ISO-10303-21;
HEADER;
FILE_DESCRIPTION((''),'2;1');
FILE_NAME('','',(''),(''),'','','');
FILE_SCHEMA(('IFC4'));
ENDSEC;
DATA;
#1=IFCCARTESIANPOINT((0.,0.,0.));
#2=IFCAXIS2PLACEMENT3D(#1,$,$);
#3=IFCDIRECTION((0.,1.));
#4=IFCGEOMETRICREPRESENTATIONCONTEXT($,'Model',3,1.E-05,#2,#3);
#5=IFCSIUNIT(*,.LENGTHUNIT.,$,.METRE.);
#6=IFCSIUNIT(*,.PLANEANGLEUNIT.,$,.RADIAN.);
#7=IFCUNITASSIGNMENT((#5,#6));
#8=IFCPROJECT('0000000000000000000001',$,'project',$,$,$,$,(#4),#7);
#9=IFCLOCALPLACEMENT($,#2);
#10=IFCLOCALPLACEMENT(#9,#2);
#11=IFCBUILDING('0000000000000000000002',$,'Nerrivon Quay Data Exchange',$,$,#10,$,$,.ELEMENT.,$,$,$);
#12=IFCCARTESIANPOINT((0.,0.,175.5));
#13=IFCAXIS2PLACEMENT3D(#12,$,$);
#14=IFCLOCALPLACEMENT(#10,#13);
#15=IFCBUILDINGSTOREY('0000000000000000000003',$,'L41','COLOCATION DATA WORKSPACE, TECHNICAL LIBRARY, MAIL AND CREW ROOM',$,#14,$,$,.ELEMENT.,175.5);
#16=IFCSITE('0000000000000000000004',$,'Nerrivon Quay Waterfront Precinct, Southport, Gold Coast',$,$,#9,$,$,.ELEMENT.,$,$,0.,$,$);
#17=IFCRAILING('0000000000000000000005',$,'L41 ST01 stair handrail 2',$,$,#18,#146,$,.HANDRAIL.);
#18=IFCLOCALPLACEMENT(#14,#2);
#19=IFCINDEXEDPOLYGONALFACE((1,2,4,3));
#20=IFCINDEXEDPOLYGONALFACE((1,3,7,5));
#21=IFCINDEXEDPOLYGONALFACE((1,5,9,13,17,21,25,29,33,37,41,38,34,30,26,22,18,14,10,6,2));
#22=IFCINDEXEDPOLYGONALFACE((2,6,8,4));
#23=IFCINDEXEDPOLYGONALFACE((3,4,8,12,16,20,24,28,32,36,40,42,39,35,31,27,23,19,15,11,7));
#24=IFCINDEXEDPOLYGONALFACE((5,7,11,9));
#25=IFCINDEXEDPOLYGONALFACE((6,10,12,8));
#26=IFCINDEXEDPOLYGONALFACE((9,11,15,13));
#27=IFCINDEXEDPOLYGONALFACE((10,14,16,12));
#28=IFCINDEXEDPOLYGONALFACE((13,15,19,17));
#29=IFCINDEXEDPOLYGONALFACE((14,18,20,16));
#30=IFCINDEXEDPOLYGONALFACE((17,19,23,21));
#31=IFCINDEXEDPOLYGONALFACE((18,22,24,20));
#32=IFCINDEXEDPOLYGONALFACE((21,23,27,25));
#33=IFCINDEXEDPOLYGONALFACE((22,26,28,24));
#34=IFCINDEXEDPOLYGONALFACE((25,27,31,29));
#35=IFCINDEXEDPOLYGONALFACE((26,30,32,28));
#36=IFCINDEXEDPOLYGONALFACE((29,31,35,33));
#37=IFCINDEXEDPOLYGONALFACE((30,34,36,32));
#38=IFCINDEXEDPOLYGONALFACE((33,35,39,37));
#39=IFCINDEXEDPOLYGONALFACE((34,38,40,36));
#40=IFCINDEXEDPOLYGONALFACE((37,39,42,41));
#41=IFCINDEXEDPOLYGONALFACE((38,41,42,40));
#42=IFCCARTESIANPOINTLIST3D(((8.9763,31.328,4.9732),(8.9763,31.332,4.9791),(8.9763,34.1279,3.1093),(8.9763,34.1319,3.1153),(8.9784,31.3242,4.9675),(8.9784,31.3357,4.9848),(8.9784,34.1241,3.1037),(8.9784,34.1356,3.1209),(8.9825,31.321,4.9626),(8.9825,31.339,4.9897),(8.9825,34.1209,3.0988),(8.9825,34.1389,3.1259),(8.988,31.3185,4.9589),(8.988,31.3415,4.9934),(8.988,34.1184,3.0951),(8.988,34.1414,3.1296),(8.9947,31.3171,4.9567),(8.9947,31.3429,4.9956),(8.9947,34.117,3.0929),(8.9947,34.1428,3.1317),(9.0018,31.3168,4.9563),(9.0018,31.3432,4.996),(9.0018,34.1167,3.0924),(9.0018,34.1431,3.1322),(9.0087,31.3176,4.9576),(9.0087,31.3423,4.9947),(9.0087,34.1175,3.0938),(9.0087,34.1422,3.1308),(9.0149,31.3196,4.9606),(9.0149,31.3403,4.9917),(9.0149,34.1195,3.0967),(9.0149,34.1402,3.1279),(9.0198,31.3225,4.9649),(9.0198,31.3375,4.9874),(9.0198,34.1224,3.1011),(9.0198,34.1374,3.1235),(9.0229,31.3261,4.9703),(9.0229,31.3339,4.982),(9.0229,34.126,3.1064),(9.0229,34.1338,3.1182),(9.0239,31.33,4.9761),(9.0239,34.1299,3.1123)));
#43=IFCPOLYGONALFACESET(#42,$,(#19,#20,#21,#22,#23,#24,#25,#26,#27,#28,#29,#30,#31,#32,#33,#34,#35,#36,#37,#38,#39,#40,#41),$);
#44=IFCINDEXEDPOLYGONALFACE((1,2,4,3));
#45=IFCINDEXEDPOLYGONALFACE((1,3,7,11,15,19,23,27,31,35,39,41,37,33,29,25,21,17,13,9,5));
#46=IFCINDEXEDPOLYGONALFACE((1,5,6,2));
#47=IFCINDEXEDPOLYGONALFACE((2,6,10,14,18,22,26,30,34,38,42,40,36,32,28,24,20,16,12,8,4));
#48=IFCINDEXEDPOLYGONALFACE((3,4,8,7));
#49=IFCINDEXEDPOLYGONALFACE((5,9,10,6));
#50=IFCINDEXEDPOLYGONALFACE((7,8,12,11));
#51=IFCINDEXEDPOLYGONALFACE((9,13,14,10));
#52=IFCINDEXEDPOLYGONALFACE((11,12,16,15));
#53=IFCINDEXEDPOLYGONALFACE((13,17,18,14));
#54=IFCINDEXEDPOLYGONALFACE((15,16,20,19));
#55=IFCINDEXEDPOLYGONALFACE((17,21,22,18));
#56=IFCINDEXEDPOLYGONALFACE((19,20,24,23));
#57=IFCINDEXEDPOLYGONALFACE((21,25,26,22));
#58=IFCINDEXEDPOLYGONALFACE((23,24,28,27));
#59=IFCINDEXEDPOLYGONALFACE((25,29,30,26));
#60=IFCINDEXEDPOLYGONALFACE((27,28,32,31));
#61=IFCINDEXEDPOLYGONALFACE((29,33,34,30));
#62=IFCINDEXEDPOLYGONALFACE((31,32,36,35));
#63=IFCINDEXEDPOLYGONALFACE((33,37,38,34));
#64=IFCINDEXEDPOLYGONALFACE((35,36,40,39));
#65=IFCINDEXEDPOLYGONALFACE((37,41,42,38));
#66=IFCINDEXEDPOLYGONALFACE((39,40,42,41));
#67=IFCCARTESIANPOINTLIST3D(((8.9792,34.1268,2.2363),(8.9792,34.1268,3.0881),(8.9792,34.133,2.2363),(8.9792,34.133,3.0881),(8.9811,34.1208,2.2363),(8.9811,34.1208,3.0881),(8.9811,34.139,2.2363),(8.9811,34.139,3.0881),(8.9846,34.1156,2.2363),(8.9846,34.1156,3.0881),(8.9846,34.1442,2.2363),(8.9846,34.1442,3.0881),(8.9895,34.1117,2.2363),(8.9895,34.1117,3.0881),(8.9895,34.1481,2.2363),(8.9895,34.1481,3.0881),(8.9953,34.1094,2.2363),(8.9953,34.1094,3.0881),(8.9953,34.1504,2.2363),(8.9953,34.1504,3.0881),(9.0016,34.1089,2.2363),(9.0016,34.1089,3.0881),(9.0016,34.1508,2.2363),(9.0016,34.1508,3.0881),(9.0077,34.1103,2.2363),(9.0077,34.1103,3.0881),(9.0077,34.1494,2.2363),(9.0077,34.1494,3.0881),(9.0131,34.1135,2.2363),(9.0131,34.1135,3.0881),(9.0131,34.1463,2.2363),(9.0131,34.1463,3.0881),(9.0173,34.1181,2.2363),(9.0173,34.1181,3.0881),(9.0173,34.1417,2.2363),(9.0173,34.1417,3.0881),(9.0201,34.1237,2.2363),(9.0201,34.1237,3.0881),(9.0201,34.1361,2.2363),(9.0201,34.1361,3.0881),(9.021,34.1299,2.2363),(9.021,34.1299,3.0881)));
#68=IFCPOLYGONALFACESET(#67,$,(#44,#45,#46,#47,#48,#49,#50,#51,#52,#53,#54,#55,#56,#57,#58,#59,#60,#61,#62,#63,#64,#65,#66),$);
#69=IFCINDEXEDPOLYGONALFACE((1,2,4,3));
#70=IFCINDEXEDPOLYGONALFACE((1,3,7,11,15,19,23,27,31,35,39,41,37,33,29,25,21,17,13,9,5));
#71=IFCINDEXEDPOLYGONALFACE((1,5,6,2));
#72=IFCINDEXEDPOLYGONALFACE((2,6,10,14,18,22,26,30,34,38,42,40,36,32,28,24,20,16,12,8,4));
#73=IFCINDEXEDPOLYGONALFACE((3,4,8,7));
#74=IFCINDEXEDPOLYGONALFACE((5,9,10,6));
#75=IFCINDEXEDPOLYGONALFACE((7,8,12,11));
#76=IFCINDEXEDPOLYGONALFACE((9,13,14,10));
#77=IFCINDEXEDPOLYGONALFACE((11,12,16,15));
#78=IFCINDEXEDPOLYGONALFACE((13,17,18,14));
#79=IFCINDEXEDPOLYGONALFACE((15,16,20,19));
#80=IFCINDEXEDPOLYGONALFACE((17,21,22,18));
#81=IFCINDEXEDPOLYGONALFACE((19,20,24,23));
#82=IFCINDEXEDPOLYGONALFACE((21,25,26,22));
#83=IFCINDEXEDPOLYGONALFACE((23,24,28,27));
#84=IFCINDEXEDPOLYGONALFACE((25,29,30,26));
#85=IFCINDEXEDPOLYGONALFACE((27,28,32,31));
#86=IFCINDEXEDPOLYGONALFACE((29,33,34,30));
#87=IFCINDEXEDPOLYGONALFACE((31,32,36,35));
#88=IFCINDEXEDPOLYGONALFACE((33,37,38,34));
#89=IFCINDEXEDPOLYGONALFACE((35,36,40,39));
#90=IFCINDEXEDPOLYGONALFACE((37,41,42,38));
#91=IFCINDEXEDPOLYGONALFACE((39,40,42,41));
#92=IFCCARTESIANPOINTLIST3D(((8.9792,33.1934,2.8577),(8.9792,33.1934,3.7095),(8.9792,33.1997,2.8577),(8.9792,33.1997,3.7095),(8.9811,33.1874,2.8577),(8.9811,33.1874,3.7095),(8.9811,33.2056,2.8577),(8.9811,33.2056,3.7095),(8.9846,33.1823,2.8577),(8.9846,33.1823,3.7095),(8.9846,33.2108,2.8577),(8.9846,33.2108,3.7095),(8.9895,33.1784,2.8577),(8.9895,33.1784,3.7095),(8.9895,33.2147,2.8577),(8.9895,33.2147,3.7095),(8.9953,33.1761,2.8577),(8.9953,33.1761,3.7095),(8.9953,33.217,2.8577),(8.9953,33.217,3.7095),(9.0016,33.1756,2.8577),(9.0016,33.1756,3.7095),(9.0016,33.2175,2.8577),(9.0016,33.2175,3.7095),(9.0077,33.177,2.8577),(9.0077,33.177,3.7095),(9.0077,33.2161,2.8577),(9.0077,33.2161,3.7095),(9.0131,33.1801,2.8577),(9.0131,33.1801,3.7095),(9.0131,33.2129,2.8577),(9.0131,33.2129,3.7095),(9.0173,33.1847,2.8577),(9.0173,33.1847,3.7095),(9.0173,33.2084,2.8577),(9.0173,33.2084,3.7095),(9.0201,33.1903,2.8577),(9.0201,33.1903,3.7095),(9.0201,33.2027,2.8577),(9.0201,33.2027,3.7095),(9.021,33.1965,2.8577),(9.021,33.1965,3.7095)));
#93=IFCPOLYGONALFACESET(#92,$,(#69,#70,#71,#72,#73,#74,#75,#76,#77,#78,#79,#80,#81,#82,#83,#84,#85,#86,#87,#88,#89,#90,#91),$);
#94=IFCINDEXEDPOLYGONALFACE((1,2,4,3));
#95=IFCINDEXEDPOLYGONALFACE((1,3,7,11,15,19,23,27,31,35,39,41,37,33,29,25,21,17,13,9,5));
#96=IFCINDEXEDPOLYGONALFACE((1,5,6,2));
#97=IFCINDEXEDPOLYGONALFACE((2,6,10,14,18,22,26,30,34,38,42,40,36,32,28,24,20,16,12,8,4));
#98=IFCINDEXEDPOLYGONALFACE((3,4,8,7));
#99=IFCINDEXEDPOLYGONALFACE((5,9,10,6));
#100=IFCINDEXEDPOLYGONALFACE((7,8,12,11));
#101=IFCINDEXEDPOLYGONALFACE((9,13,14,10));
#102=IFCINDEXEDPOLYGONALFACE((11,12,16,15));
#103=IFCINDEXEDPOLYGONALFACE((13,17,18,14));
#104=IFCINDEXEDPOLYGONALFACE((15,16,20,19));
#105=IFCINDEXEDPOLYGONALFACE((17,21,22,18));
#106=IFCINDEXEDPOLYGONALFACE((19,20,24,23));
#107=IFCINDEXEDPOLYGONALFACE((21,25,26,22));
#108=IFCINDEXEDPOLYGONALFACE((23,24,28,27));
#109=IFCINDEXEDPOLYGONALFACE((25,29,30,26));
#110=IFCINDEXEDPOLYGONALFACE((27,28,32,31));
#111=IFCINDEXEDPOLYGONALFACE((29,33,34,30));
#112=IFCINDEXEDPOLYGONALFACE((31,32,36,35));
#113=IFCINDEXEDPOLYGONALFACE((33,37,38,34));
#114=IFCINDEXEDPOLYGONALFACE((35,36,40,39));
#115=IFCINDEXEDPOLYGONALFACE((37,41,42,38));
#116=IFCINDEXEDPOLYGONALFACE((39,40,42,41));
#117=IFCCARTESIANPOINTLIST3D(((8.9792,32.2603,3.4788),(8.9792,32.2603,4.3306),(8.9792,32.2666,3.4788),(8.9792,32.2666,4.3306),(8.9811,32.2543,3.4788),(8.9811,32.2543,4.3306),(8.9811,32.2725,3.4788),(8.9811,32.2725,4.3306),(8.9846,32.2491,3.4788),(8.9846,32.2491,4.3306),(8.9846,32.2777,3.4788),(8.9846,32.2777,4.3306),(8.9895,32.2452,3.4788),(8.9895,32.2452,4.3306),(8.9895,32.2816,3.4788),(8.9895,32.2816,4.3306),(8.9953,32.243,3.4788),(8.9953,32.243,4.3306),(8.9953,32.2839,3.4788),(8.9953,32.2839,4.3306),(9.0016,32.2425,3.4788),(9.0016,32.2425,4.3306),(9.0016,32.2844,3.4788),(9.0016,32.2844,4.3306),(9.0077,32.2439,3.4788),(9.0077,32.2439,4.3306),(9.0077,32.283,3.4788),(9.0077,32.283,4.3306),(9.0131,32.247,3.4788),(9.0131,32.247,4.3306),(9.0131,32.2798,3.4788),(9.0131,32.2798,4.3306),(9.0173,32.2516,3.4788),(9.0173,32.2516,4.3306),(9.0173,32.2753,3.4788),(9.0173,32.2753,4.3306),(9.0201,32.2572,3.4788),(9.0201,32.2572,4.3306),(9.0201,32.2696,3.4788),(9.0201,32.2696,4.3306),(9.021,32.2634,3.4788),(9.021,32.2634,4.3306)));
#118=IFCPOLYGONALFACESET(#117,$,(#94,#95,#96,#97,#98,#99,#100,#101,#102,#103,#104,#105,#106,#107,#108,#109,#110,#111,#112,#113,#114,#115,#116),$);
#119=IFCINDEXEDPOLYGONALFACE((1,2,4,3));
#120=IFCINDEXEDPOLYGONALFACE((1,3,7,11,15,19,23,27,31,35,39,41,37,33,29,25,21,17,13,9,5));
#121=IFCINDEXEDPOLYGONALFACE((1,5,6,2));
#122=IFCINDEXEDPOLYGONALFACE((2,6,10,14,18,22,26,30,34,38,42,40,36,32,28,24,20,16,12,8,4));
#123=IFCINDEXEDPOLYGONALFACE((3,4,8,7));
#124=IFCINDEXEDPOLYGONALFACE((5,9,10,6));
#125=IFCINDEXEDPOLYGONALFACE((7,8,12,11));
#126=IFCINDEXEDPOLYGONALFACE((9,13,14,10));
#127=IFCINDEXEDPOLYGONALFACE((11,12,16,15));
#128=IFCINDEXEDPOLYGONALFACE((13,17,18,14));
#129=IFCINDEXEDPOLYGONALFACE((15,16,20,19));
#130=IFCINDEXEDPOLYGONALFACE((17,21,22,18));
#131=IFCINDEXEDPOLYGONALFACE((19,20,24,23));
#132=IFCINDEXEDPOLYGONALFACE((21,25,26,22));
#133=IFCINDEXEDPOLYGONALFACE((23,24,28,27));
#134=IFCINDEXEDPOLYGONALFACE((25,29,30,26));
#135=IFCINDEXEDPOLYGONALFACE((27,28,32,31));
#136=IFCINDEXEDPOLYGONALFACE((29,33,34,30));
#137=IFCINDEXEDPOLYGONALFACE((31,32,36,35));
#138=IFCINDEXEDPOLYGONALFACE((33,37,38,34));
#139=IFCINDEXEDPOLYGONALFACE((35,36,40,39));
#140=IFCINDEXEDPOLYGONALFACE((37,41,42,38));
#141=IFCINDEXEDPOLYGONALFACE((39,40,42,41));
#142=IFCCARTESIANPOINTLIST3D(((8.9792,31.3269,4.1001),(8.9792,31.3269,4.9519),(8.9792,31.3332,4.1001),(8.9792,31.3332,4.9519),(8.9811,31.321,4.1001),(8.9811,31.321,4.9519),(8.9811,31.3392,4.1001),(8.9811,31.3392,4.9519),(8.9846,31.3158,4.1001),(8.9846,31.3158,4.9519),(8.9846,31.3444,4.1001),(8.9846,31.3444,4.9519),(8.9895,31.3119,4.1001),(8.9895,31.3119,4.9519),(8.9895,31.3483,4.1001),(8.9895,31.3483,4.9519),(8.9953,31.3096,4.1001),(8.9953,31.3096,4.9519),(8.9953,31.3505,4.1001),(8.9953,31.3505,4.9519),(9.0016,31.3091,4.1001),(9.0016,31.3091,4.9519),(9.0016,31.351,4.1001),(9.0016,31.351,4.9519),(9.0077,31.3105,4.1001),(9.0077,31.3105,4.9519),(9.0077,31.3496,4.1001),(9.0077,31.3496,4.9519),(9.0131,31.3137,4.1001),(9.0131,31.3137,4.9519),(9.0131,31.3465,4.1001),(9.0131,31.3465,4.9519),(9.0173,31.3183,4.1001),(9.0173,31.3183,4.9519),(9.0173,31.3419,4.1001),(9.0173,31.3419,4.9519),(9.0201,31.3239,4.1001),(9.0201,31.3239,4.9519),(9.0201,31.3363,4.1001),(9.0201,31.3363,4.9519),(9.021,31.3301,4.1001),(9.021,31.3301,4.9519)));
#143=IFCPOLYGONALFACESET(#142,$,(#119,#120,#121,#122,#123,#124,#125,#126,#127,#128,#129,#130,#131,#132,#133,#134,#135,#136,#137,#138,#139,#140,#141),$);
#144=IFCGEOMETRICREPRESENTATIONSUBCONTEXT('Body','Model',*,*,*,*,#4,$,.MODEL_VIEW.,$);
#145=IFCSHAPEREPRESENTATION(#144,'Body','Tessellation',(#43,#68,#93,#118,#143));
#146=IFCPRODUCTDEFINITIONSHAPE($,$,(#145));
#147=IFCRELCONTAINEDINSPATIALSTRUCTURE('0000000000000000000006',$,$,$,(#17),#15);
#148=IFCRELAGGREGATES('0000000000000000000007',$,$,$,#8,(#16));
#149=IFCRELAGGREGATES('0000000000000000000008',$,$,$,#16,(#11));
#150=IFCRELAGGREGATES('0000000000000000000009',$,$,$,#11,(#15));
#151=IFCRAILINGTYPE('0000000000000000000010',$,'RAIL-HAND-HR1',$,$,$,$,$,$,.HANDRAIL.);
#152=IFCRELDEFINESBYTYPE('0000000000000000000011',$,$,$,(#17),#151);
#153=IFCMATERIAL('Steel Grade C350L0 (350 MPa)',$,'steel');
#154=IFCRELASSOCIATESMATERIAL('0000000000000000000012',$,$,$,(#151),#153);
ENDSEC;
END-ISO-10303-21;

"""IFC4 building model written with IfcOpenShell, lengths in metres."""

from ifc_helpers import new_model, si_unit, direction, frame, origin, origin_2d, place, context, subcontext, project, spatial, circle, extrude, material, type_object, element, save


model = new_model("IFC4")

# Units and contexts
model_context = context("Model", 3, precision=1e-05, world=origin(), true_north=direction((0.0, 1.0)))
body_context = subcontext(model_context, "Body", "Model", "MODEL_VIEW")
ifc_project = project(units=[si_unit("LENGTHUNIT", "METRE"), si_unit("PLANEANGLEUNIT", "RADIAN")], contexts=[model_context])

# Site, building, storey
site_placement = place(None, origin())
site = spatial("IfcSite", under=ifc_project, at=site_placement, Name="Nerrivon Quay Waterfront Precinct, Southport, Gold Coast", CompositionType="ELEMENT", RefElevation=0.0)
building_placement = place(site_placement, origin())
building = spatial("IfcBuilding", under=site, at=building_placement, Name="Nerrivon Quay Data Exchange", CompositionType="ELEMENT")
storey_placement = place(building_placement, frame((0.0, 0.0, 175.5)))
storey = spatial("IfcBuildingStorey", under=building, at=storey_placement, Name="L41", Description="COLOCATION DATA WORKSPACE, TECHNICAL LIBRARY, MAIL AND CREW ROOM", CompositionType="ELEMENT", Elevation=175.5)

# Railing
ifc_material_1 = material(Name="Steel Grade C350L0 (350 MPa)", Category="steel")
railing_type_1 = type_object("IfcRailingType", Name="RAIL-HAND-HR1", PredefinedType="HANDRAIL", material=ifc_material_1)
railing_1_placement = place(storey_placement, frame((9.0, 34.1299, 2.2363)))
element("IfcRailing", 1, at=railing_1_placement, inside=storey, type_object=railing_type_1, Name="L41 ST01 stair handrail 2", PredefinedType="HANDRAIL", context=body_context, shape_type="SweptSolid", body=[
    extrude(circle(Radius=0.0239, at=origin_2d()), frame((0.0, 0.0, 0.876), z_axis=(0.0, -0.83243, 0.554131), x_axis=(1.0, 0.0, 0.0)), (0.0, 0.0, 1.0), 3.3635),
    extrude(circle(Radius=0.021, at=origin_2d()), origin(), (0.0, 0.0, 1.0), 0.8518),
    extrude(circle(Radius=0.021, at=origin_2d()), frame((0.0, -0.9333, 0.6213)), (0.0, 0.0, 1.0), 0.8518),
    extrude(circle(Radius=0.021, at=origin_2d()), frame((0.0, -1.8665, 1.2424)), (0.0, 0.0, 1.0), 0.8518),
    extrude(circle(Radius=0.021, at=origin_2d()), frame((0.0, -2.7998, 1.8638)), (0.0, 0.0, 1.0), 0.8518),
])

save(model, "model.ifc")
